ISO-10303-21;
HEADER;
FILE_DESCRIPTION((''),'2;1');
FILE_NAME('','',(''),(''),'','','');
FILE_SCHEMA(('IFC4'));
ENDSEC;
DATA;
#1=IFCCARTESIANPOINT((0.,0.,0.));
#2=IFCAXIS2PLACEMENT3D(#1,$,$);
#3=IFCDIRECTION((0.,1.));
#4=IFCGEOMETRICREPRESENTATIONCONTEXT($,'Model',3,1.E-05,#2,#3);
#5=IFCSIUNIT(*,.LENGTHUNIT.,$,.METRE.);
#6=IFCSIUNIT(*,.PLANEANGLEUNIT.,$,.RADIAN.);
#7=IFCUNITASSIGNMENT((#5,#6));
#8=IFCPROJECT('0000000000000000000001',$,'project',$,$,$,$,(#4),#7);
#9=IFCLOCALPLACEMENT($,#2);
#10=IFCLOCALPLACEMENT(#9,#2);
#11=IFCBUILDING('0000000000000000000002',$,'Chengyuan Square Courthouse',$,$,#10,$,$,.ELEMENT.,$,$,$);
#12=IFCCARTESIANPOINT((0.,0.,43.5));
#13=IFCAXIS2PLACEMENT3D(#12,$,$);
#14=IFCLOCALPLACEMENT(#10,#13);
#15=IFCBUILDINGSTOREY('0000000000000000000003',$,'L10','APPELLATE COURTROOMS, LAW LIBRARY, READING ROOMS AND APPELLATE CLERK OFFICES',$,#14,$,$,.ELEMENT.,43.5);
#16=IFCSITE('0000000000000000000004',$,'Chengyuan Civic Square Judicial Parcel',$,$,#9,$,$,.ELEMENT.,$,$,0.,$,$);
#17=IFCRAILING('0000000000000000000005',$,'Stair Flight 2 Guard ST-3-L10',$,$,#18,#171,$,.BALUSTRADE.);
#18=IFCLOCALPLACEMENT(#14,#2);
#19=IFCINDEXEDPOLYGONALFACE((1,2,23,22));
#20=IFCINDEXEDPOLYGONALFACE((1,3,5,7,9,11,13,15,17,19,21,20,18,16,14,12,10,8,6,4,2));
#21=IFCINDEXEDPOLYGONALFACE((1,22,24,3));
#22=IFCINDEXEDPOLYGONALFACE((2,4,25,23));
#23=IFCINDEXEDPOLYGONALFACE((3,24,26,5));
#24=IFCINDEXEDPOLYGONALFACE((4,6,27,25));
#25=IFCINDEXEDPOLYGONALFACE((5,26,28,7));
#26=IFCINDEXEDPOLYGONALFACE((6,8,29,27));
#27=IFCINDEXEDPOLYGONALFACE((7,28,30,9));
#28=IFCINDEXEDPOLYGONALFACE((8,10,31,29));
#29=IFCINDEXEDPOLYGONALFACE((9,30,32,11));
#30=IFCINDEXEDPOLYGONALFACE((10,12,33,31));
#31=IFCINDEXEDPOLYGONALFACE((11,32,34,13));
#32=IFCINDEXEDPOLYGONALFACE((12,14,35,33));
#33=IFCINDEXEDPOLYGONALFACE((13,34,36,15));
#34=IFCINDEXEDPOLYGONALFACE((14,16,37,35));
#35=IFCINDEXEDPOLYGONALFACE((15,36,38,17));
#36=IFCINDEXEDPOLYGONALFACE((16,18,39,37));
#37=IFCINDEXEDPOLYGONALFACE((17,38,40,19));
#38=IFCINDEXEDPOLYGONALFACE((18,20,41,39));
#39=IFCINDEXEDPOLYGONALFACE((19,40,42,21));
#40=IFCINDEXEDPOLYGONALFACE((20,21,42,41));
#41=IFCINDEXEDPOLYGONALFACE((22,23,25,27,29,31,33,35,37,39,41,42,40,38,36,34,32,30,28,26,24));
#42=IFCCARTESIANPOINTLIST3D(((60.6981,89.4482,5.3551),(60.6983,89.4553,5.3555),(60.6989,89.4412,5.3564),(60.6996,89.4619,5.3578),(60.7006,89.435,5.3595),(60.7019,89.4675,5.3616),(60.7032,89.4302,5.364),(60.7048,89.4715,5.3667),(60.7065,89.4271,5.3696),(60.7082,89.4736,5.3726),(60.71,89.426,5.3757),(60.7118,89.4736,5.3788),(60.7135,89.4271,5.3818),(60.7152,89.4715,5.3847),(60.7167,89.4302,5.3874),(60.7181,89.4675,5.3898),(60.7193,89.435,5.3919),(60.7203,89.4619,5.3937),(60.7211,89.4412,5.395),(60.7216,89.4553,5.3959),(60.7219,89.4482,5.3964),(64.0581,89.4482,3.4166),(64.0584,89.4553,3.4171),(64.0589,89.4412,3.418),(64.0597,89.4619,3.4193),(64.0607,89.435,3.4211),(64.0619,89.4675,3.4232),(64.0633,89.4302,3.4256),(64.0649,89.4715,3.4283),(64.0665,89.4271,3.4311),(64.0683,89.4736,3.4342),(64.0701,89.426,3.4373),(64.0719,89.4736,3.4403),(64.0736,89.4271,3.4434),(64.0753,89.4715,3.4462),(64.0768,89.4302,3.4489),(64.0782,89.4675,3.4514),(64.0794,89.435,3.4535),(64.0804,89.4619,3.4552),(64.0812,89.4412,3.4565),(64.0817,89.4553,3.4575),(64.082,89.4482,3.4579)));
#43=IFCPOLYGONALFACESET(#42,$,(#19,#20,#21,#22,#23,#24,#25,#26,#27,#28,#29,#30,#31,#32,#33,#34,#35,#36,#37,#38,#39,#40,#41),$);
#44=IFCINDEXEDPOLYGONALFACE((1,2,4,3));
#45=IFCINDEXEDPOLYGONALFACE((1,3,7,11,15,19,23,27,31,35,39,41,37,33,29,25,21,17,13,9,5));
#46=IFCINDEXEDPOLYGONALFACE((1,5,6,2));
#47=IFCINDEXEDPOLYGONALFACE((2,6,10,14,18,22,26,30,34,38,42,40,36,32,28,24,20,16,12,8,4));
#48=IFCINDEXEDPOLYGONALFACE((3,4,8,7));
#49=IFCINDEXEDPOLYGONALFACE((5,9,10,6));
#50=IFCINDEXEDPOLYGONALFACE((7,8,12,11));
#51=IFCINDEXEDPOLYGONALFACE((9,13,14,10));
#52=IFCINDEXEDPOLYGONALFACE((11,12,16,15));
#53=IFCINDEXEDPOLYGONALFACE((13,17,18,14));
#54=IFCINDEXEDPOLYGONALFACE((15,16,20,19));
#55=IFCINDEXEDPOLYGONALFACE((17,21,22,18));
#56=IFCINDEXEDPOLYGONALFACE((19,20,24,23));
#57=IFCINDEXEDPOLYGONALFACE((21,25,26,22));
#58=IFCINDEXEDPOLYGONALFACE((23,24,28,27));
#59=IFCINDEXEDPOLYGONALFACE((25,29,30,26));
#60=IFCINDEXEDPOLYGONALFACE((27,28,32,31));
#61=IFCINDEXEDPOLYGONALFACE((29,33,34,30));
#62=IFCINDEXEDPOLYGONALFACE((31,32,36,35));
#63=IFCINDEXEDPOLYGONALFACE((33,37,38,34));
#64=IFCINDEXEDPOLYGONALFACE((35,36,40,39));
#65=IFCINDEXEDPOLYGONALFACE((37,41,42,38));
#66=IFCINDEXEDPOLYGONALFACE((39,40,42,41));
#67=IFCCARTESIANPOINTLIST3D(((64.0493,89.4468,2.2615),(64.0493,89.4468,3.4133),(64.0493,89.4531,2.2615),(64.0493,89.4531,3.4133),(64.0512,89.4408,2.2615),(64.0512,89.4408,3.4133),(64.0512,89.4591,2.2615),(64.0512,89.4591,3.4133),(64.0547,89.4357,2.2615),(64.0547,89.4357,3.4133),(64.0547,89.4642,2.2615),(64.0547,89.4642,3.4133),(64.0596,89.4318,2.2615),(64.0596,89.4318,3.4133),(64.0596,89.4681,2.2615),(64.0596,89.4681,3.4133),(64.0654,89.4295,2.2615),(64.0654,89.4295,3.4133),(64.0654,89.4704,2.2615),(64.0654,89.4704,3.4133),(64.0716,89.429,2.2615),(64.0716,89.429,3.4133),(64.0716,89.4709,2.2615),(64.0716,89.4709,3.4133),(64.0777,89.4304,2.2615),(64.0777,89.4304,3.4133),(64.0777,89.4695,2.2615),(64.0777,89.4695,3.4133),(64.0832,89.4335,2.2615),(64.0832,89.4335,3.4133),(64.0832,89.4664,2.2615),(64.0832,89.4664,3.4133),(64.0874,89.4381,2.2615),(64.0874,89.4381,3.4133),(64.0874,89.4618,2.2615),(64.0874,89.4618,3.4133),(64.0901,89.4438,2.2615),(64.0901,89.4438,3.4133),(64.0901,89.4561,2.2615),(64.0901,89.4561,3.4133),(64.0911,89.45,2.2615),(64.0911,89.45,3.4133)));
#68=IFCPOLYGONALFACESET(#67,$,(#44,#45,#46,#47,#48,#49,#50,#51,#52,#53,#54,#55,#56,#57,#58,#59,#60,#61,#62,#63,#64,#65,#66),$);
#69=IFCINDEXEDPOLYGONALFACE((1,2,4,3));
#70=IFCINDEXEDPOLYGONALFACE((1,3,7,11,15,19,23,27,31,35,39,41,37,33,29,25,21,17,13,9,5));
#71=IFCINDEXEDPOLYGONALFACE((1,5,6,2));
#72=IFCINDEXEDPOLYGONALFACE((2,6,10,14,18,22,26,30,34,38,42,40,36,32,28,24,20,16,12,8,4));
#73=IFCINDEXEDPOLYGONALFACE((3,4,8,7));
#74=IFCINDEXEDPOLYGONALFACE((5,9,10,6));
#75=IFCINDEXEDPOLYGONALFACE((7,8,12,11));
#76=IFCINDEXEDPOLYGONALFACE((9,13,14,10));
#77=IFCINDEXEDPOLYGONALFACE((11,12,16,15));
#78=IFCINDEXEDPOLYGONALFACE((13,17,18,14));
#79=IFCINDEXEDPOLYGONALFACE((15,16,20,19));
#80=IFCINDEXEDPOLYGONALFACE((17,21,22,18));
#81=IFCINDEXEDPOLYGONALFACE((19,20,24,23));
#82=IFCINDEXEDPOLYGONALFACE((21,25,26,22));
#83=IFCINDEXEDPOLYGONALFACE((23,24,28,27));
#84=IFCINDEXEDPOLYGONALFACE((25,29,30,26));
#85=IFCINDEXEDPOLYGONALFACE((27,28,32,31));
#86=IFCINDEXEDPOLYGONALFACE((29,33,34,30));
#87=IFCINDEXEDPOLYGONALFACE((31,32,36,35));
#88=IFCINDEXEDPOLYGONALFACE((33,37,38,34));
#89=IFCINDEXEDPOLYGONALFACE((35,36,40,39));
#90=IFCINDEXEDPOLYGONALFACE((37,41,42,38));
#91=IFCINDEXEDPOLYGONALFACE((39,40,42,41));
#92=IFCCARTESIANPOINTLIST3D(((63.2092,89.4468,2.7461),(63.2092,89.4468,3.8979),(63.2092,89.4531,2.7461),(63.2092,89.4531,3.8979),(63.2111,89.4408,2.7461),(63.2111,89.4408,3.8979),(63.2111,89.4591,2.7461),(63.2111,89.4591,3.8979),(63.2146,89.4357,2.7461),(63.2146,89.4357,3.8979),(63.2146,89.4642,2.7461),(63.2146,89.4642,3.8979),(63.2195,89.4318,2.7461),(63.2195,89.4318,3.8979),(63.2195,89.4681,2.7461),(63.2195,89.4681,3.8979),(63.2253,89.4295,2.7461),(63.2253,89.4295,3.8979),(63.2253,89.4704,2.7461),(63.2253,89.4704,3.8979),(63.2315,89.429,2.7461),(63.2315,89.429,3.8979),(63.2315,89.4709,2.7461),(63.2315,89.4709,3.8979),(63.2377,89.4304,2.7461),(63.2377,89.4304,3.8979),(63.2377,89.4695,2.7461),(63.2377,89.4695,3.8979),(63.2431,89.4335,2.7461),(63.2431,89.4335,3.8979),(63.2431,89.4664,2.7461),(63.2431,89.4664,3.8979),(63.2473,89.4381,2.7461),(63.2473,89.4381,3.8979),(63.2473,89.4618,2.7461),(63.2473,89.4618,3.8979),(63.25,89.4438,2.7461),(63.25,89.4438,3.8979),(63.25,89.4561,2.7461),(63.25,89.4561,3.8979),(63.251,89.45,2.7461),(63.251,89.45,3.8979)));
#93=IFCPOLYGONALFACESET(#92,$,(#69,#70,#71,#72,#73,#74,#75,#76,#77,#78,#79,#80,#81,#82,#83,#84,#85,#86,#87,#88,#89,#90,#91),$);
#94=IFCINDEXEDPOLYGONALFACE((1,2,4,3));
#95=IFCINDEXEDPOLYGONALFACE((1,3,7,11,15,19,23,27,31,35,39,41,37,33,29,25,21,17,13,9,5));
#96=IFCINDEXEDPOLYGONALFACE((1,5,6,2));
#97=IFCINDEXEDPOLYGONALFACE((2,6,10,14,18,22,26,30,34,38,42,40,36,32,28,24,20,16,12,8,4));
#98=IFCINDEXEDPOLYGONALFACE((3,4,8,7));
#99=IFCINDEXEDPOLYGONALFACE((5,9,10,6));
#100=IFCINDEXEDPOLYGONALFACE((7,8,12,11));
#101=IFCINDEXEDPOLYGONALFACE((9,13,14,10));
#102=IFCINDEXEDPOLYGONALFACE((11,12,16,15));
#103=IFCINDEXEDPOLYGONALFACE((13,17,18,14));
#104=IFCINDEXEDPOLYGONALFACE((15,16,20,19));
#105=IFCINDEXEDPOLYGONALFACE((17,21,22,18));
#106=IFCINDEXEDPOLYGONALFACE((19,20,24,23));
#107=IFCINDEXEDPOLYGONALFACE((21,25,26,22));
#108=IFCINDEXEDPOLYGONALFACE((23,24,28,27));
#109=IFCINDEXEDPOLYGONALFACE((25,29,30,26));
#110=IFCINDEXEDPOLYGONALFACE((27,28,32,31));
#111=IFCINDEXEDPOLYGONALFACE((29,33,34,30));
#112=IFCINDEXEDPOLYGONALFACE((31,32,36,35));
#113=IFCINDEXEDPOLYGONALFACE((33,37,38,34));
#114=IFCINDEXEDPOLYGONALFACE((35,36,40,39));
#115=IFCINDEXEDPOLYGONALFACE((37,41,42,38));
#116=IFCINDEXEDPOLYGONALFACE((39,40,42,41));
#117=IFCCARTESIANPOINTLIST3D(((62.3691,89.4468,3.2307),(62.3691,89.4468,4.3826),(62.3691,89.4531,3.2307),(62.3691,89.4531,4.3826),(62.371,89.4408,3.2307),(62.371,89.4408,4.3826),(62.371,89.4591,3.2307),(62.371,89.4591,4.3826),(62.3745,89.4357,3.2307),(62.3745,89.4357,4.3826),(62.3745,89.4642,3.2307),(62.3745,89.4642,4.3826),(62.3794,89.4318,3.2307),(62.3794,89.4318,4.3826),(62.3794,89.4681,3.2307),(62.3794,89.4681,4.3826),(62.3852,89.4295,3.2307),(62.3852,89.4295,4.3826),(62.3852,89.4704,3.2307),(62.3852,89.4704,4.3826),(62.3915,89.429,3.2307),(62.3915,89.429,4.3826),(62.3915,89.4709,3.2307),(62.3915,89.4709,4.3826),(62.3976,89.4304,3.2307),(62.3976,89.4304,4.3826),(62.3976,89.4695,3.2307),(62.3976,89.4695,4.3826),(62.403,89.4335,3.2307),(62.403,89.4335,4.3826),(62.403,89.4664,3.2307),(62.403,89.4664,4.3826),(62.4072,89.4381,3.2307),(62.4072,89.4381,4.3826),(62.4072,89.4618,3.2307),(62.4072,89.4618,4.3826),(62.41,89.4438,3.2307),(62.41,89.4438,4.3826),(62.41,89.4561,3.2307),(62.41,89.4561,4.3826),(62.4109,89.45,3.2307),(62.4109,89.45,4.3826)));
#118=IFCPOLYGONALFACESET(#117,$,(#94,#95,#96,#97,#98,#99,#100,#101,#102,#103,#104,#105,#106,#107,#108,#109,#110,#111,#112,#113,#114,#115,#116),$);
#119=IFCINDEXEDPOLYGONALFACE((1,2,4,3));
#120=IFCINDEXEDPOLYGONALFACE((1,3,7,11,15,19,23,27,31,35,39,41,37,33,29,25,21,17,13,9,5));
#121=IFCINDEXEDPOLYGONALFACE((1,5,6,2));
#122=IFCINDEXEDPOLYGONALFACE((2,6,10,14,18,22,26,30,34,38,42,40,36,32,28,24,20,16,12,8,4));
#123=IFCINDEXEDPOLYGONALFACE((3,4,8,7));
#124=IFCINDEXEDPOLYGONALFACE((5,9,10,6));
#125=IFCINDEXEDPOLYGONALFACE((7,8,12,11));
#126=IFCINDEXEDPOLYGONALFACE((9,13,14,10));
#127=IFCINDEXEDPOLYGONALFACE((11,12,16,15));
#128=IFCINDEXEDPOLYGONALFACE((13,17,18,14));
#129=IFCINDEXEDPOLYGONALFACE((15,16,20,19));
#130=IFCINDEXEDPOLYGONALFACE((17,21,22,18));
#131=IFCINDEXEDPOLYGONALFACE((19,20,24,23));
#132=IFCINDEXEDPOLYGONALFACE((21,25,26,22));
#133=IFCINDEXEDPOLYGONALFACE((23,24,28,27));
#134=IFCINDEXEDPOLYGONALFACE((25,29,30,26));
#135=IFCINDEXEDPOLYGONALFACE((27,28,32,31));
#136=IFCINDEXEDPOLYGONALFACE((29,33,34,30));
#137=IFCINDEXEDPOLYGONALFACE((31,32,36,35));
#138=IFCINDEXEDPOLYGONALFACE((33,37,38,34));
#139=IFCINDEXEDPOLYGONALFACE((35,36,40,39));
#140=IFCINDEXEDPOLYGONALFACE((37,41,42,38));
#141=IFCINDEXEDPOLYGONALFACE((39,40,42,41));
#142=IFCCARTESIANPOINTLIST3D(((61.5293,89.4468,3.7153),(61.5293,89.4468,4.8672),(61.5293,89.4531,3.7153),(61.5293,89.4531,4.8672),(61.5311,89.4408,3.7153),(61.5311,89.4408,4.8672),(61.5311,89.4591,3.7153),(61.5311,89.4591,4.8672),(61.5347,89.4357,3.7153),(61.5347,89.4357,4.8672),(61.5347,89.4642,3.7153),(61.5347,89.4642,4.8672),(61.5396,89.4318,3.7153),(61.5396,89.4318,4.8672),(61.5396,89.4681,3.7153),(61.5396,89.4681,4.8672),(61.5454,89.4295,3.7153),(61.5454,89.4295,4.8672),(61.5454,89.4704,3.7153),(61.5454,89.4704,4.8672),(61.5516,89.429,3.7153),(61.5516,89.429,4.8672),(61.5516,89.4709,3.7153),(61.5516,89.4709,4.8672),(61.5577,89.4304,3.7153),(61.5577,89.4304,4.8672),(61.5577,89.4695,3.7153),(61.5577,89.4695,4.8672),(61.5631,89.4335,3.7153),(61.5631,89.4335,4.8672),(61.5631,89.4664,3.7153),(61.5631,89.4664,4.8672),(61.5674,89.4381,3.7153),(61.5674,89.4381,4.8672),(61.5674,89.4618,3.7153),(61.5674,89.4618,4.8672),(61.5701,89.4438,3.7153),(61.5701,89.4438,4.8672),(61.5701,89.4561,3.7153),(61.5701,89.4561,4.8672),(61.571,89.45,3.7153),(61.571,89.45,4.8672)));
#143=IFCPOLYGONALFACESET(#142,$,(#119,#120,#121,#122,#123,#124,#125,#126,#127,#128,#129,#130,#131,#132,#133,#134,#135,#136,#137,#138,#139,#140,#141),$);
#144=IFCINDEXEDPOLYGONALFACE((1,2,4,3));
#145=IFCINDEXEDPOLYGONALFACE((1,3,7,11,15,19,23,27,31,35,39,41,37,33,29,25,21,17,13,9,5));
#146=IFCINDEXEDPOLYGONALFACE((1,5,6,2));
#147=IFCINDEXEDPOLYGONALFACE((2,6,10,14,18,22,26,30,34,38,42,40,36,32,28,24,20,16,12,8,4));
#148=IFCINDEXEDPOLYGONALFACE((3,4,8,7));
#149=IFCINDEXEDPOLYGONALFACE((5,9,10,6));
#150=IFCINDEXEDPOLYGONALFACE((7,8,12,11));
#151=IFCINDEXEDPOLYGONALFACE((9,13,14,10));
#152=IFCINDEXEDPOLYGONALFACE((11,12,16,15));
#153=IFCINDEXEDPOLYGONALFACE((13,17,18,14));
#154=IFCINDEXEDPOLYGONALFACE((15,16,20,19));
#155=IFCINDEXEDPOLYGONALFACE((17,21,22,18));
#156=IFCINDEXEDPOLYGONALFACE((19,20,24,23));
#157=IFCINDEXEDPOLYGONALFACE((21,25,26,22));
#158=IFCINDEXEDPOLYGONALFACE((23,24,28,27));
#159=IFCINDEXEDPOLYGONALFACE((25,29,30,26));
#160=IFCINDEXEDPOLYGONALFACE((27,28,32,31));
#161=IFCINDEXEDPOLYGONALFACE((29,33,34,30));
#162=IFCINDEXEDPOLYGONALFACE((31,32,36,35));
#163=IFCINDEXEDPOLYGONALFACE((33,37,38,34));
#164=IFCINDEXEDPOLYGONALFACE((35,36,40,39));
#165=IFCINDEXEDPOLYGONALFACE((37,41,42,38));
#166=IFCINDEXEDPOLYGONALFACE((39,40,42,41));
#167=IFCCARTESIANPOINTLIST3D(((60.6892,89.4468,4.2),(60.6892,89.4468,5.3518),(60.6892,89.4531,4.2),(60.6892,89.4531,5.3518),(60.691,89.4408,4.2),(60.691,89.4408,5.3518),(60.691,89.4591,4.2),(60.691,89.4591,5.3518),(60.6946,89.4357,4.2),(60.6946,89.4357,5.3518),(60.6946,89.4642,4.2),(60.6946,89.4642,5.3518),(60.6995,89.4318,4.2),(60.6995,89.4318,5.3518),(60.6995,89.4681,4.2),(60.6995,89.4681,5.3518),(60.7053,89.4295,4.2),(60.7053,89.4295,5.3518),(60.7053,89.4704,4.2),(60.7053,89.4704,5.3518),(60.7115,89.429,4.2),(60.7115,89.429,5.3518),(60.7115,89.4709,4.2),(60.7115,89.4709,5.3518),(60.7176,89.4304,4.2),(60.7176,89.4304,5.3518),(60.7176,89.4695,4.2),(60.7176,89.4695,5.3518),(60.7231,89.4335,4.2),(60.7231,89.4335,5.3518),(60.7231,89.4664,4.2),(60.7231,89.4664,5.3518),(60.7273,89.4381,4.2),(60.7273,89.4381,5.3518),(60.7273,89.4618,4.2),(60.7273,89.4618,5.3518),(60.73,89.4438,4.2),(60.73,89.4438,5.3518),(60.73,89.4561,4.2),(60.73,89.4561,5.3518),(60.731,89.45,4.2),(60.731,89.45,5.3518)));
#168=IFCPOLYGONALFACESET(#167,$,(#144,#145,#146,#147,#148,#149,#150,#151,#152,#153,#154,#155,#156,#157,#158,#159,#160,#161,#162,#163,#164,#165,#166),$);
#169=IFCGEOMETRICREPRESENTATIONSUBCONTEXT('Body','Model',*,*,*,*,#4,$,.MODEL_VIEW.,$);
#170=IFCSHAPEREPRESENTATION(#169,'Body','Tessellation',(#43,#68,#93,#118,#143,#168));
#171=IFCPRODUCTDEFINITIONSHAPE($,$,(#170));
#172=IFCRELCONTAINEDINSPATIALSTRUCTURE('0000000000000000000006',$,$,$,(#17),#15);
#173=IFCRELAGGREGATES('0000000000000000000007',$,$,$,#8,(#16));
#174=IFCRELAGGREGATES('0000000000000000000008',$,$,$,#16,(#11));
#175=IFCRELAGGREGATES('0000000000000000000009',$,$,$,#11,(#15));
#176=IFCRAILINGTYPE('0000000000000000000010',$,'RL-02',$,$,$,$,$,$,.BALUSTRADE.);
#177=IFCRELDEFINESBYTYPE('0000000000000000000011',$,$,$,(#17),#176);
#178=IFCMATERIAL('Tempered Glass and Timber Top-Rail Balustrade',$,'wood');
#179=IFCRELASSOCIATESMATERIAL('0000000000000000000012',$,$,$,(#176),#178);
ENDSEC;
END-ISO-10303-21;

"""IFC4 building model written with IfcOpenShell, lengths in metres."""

from ifc_helpers import new_model, si_unit, direction, frame, origin, origin_2d, place, context, subcontext, project, spatial, circle, extrude, material, type_object, element, save


model = new_model("IFC4")

# Units and contexts
model_context = context("Model", 3, precision=1e-05, world=origin(), true_north=direction((0.0, 1.0)))
body_context = subcontext(model_context, "Body", "Model", "MODEL_VIEW")
ifc_project = project(units=[si_unit("LENGTHUNIT", "METRE"), si_unit("PLANEANGLEUNIT", "RADIAN")], contexts=[model_context])

# Site, building, storey
site_placement = place(None, origin())
site = spatial("IfcSite", under=ifc_project, at=site_placement, Name="Chengyuan Civic Square Judicial Parcel", CompositionType="ELEMENT", RefElevation=0.0)
building_placement = place(site_placement, origin())
building = spatial("IfcBuilding", under=site, at=building_placement, Name="Chengyuan Square Courthouse", CompositionType="ELEMENT")
storey_placement = place(building_placement, frame((0.0, 0.0, 43.5)))
storey = spatial("IfcBuildingStorey", under=building, at=storey_placement, Name="L10", Description="APPELLATE COURTROOMS, LAW LIBRARY, READING ROOMS AND APPELLATE CLERK OFFICES", CompositionType="ELEMENT", Elevation=43.5)

# Railing
ifc_material_1 = material(Name="Tempered Glass and Timber Top-Rail Balustrade", Category="wood")
railing_type_1 = type_object("IfcRailingType", Name="RL-02", PredefinedType="BALUSTRADE", material=ifc_material_1)
railing_1_placement = place(storey_placement, frame((64.0701, 89.45, 2.2615)))
element("IfcRailing", 1, at=railing_1_placement, inside=storey, type_object=railing_type_1, Name="Stair Flight 2 Guard ST-3-L10", PredefinedType="BALUSTRADE", context=body_context, shape_type="SweptSolid", body=[
    extrude(circle(Radius=0.0239, at=origin_2d()), frame((0.0, 0.0, 1.1758), z_axis=(-0.866191, 0.0, 0.499713), x_axis=(0.0, -1.0, 0.0)), (0.0, 0.0, 1.0), 3.8792),
    extrude(circle(Radius=0.021, at=origin_2d()), origin(), (0.0, 0.0, 1.0), 1.1519),
    extrude(circle(Radius=0.021, at=origin_2d()), frame((-0.8401, 0.0, 0.4846)), (0.0, 0.0, 1.0), 1.1519),
    extrude(circle(Radius=0.021, at=origin_2d()), frame((-1.6802, 0.0, 0.9692)), (0.0, 0.0, 1.0), 1.1519),
    extrude(circle(Radius=0.021, at=origin_2d()), frame((-2.52, 0.0, 1.4539)), (0.0, 0.0, 1.0), 1.1519),
    extrude(circle(Radius=0.021, at=origin_2d()), frame((-3.3601, 0.0, 1.9385)), (0.0, 0.0, 1.0), 1.1519),
])

save(model, "model.ifc")
